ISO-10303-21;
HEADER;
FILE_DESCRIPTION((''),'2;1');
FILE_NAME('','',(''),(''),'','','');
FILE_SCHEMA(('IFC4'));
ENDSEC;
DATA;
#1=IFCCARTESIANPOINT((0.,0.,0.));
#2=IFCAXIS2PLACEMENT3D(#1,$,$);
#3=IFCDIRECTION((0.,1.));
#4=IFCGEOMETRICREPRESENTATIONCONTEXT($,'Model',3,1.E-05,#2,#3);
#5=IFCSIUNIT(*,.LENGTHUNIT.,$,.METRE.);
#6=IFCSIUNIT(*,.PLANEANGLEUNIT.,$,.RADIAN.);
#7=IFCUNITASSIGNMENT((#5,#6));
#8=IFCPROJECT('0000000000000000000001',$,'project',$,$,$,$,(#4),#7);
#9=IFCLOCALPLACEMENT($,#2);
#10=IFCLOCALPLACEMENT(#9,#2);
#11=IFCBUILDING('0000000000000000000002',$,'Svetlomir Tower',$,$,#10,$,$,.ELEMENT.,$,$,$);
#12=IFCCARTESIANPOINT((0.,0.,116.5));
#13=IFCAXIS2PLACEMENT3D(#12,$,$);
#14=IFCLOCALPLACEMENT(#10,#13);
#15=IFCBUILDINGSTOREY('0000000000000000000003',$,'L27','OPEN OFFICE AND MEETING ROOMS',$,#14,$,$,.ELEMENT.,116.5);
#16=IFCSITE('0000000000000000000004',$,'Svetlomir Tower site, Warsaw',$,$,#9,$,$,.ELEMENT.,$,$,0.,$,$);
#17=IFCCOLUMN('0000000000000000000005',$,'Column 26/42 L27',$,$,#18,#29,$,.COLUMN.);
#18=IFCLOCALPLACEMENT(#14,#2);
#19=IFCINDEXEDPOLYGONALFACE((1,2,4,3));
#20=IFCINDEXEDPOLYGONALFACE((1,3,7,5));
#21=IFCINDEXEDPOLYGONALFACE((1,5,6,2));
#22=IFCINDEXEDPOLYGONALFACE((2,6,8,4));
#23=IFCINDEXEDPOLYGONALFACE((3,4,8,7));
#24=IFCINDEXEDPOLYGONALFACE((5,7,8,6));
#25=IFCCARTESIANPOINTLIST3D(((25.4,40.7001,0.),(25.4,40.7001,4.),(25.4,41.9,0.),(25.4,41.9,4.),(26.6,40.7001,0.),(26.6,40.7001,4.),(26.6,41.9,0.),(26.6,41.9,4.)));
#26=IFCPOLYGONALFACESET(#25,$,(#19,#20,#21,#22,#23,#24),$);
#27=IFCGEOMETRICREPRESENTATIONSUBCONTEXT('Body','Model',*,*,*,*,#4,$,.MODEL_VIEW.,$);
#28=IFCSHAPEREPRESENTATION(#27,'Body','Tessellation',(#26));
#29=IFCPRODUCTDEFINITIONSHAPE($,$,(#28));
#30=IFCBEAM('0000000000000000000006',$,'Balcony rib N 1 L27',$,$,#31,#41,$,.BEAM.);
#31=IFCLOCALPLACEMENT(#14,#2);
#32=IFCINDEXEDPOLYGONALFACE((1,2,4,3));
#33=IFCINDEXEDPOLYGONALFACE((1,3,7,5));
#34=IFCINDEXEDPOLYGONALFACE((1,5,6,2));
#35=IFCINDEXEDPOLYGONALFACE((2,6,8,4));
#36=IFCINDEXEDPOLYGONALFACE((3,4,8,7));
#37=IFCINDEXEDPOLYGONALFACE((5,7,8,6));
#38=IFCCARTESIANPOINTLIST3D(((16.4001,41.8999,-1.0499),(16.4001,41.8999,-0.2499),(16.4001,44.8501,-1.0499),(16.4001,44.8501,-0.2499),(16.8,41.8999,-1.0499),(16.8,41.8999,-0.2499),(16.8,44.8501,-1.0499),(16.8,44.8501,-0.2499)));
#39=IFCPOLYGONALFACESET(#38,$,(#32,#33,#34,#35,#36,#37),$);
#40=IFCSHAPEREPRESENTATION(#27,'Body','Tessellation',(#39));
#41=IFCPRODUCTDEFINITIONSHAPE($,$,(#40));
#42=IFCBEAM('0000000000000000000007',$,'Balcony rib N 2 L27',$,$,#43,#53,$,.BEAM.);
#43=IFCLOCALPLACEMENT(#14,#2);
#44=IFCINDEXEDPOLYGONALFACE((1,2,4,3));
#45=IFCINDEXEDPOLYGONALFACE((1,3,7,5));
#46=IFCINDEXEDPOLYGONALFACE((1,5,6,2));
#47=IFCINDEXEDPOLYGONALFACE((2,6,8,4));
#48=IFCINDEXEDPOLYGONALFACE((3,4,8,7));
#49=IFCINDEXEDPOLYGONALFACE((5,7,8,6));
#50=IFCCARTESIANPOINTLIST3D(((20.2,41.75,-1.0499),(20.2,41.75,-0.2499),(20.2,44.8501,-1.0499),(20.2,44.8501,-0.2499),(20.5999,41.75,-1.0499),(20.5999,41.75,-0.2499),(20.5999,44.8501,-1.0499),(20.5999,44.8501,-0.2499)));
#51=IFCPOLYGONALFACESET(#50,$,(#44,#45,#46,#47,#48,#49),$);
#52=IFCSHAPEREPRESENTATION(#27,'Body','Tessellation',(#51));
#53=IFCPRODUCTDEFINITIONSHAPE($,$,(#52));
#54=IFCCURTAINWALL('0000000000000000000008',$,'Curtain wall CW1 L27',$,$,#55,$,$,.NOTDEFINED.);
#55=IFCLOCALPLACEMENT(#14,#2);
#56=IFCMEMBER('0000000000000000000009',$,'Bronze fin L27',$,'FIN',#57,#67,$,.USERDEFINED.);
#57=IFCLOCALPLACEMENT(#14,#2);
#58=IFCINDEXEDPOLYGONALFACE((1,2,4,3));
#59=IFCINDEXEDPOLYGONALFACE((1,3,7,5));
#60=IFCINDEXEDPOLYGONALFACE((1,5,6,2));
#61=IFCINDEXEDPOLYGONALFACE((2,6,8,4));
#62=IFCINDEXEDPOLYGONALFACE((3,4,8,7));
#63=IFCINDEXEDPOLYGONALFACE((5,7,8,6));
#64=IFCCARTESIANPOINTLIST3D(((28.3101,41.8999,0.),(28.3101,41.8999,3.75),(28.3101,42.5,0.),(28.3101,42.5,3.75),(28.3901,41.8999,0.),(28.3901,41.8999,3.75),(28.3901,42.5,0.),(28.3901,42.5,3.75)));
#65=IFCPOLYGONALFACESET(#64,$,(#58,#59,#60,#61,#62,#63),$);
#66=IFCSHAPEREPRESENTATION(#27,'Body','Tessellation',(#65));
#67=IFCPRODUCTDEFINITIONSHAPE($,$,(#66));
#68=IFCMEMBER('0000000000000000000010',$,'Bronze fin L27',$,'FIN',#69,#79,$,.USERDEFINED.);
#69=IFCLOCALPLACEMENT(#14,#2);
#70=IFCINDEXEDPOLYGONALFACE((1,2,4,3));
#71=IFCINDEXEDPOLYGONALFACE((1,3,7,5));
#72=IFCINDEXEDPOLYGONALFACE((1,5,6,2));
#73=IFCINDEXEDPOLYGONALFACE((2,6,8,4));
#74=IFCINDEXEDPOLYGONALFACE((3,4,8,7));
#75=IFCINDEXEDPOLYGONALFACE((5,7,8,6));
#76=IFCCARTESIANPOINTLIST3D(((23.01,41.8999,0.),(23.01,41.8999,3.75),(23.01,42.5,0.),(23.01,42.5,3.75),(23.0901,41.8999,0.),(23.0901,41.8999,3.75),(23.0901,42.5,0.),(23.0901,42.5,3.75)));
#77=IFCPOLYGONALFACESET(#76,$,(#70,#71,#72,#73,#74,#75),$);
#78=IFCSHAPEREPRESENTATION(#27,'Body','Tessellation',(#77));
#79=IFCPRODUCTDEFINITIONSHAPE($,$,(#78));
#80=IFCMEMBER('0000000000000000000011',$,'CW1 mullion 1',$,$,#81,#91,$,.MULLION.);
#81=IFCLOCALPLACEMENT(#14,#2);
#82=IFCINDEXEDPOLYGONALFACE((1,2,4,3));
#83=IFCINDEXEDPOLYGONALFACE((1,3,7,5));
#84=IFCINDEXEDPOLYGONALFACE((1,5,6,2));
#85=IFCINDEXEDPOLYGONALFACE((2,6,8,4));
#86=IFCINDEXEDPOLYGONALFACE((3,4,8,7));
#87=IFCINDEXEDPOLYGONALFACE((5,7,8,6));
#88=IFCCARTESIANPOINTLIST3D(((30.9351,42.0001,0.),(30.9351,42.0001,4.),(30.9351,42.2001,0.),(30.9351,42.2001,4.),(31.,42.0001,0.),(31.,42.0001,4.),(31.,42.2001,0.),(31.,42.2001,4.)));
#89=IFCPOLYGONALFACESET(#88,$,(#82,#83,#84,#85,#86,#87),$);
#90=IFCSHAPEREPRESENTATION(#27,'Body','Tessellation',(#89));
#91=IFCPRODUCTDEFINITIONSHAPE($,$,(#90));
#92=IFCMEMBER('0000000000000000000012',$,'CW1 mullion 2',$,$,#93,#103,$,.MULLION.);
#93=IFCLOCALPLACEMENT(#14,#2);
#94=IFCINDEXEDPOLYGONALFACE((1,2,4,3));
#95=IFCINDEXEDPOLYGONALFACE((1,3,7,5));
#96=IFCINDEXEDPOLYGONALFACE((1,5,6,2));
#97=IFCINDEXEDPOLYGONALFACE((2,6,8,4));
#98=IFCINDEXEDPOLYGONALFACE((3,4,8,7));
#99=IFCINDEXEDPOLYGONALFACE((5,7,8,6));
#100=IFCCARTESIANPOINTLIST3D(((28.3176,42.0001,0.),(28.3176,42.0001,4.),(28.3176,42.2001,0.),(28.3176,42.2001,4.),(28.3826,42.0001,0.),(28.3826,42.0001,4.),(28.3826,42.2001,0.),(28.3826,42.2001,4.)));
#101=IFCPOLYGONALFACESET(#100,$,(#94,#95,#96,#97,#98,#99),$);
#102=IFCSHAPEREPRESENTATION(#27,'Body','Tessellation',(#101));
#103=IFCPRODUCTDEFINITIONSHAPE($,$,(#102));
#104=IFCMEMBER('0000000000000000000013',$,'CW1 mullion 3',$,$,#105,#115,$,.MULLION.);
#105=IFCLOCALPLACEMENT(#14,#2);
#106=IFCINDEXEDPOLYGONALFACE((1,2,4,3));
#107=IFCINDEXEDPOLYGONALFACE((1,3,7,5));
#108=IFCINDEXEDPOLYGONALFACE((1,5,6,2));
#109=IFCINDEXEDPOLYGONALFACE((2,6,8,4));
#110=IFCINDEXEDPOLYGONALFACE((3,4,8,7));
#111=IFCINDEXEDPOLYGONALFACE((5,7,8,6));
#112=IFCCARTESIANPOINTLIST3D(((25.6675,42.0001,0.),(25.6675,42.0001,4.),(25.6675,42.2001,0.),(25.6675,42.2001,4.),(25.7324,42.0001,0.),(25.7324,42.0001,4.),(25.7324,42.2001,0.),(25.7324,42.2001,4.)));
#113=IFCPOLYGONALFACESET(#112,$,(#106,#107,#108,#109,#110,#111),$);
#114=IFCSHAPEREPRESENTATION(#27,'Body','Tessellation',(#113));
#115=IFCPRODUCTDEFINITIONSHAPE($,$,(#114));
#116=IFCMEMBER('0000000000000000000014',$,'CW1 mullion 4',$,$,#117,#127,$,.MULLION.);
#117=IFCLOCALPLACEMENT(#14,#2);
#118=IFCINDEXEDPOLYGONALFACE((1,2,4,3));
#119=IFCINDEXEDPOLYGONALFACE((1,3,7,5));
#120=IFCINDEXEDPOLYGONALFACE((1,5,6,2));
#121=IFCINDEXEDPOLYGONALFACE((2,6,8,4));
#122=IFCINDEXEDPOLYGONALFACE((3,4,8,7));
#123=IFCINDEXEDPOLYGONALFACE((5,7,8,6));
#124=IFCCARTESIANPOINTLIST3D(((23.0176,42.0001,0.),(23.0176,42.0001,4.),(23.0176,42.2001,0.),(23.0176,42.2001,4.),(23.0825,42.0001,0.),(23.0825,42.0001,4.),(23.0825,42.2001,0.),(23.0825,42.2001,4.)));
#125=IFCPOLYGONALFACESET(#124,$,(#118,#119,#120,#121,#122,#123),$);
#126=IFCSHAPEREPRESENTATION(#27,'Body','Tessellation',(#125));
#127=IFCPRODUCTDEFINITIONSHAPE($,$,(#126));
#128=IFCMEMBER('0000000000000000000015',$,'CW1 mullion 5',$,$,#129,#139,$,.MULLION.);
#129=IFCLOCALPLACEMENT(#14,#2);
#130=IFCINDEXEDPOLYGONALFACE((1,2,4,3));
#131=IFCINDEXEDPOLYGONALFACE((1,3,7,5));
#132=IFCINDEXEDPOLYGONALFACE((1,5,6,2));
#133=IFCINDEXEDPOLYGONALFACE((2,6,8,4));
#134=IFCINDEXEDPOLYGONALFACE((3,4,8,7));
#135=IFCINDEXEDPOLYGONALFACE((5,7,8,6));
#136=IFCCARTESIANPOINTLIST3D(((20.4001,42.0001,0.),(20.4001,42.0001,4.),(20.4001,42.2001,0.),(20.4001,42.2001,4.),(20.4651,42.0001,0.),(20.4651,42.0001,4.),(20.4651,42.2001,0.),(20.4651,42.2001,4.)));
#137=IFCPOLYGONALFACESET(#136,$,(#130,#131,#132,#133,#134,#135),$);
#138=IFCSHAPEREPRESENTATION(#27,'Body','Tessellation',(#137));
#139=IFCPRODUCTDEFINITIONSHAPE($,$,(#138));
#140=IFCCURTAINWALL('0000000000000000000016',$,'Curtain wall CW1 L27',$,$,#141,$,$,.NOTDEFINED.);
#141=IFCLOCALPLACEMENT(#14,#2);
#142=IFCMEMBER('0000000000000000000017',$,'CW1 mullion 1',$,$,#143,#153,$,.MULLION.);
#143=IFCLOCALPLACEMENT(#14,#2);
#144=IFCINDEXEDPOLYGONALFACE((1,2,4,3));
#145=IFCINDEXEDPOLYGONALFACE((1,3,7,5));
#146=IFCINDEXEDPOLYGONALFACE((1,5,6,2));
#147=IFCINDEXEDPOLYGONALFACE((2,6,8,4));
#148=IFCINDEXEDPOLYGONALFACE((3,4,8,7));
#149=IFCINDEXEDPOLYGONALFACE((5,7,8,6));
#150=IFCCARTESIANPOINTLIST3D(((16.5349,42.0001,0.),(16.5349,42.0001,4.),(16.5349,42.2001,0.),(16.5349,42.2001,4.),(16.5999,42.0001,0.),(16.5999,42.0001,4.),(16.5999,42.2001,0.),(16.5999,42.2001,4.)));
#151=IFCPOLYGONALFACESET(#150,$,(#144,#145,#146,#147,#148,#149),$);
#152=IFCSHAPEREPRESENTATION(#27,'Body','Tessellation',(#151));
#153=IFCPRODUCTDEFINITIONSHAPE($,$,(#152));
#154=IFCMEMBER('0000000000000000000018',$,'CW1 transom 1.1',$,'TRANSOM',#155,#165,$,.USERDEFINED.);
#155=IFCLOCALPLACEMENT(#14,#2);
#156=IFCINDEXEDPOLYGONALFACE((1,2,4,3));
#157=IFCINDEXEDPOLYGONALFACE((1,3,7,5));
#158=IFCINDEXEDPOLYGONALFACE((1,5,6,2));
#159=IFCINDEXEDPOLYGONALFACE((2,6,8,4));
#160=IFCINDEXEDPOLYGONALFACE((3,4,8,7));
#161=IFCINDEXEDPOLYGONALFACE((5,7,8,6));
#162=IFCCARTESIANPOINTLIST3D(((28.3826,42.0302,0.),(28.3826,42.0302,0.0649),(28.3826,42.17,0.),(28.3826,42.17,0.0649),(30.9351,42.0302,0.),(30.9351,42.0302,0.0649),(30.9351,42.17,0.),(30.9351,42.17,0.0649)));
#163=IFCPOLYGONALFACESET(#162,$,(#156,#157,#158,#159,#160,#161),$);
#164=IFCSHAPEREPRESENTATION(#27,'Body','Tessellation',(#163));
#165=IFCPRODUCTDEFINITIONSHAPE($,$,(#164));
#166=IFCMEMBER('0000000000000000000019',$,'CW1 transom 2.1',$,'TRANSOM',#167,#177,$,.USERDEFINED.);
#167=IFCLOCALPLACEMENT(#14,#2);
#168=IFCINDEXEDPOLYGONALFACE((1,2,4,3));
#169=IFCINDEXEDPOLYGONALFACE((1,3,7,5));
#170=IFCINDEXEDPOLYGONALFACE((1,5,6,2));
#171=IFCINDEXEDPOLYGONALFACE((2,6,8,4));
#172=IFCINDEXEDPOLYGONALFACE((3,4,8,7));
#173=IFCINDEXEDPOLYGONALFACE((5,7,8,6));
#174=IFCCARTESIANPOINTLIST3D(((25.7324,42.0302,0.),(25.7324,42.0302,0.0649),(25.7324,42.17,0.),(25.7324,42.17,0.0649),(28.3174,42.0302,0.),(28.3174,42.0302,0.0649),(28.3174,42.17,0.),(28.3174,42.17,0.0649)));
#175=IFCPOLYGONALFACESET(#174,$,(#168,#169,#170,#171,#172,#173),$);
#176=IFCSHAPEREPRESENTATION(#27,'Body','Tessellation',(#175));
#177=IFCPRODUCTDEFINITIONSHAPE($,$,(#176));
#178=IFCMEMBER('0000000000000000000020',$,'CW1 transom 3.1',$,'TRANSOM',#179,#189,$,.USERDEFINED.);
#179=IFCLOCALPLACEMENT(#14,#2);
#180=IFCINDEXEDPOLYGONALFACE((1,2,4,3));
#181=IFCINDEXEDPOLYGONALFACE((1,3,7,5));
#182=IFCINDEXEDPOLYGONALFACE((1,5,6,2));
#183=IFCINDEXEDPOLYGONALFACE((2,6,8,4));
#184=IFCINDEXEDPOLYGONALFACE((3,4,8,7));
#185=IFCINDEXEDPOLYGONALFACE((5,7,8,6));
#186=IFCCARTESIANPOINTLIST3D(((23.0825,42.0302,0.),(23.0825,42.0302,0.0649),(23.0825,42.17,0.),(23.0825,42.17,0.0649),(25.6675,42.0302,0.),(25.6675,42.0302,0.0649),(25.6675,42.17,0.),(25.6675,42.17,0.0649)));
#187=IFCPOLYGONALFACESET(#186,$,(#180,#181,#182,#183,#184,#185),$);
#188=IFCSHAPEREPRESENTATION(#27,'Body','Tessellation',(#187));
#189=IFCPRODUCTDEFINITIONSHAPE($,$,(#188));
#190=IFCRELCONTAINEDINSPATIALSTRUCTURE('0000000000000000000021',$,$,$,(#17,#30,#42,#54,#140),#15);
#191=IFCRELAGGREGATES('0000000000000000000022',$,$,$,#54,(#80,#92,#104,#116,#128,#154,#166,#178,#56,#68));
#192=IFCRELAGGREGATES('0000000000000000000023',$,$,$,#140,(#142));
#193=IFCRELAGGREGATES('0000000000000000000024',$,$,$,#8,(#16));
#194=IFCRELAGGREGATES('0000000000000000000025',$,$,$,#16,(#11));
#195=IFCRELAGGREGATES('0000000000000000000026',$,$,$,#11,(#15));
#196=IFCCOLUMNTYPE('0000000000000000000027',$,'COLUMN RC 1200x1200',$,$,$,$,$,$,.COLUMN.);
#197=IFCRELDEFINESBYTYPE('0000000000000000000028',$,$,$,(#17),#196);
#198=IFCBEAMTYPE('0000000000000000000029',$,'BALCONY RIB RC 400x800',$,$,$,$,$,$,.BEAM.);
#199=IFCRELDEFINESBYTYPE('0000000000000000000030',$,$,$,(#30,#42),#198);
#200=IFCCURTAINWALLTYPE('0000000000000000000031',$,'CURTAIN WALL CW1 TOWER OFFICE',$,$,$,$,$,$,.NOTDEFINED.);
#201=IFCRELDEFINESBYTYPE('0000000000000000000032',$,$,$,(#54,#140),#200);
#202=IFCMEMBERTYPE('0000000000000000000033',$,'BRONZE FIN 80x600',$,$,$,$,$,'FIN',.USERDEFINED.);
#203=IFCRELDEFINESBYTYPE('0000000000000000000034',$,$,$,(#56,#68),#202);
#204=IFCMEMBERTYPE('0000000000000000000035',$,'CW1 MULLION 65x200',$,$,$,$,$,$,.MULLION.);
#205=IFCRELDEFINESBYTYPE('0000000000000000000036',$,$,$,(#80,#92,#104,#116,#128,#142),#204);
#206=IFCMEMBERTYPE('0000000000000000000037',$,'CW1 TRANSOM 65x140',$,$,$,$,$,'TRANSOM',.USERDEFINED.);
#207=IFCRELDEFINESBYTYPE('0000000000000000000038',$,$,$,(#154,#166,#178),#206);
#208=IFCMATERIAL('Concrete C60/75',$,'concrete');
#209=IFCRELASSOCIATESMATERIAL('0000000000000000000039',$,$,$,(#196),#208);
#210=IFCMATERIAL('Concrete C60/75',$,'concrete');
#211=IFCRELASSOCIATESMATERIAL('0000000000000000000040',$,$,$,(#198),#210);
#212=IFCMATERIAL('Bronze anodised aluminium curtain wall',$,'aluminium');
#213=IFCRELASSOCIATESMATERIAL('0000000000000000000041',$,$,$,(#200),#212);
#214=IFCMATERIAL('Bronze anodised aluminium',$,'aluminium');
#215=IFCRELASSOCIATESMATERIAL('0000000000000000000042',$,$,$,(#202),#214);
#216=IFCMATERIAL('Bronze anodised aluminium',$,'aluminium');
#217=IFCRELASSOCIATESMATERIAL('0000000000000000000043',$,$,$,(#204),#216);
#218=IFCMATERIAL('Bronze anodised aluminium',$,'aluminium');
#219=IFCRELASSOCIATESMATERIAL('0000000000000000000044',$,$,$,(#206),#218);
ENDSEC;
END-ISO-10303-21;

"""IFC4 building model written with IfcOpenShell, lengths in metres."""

from ifc_helpers import new_model, si_unit, direction, frame, origin, origin_2d, place, context, subcontext, project, spatial, rectangle, extrude, material, material_profile, profile_set, type_object, element, aggregate, save


model = new_model("IFC4")

# Units and contexts
model_context = context("Model", 3, precision=1e-05, world=origin(), true_north=direction((0.0, 1.0)))
body_context = subcontext(model_context, "Body", "Model", "MODEL_VIEW")
ifc_project = project(units=[si_unit("LENGTHUNIT", "METRE"), si_unit("PLANEANGLEUNIT", "RADIAN")], contexts=[model_context])

# Site, building, storey
site_placement = place(None, origin())
site = spatial("IfcSite", under=ifc_project, at=site_placement, Name="Svetlomir Tower site, Warsaw", CompositionType="ELEMENT", RefElevation=0.0)
building_placement = place(site_placement, origin())
building = spatial("IfcBuilding", under=site, at=building_placement, Name="Svetlomir Tower", CompositionType="ELEMENT")
storey_placement = place(building_placement, frame((0.0, 0.0, 116.5)))
storey = spatial("IfcBuildingStorey", under=building, at=storey_placement, Name="L27", Description="OPEN OFFICE AND MEETING ROOMS", CompositionType="ELEMENT", Elevation=116.5)

# Column
ifc_material_1 = material(Name="Concrete C60/75", Category="concrete")
ifc_material_profile_1 = material_profile(ifc_material_1, rectangle(XDim=1.2, YDim=1.2, at=origin_2d()), Name="RC 1200x1200")
ifc_profile_set_1 = profile_set([ifc_material_profile_1], Name="Concrete C60/75")
column_type = type_object("IfcColumnType", Name="COLUMN RC 1200x1200", PredefinedType="COLUMN", material=ifc_profile_set_1)
column_placement = place(storey_placement, frame((26.0, 41.3, 0.0), z_axis=(0.0, 0.0, 1.0), x_axis=(1.0, 0.0, 0.0)))
element("IfcColumn", 1, at=column_placement, inside=storey, type_object=column_type, Name="Column 26/42 L27", PredefinedType="COLUMN", context=body_context, shape_type="SweptSolid", body=[
    extrude(rectangle(XDim=1.2, YDim=1.2, at=origin_2d()), origin(), (0.0, 0.0, 1.0), 4.0),
])

# Beams
ifc_material_2 = material(Name="Concrete C60/75", Category="concrete")
ifc_material_profile_2 = material_profile(ifc_material_2, rectangle(XDim=0.3999, YDim=0.8, at=origin_2d()), Name="RC 400x800")
ifc_profile_set_2 = profile_set([ifc_material_profile_2], Name="Concrete C60/75")
beam_type_1 = type_object("IfcBeamType", Name="BALCONY RIB RC 400x800", PredefinedType="BEAM", material=ifc_profile_set_2)
beam_1_placement = place(storey_placement, frame((16.6001, 41.8999, -0.6499), z_axis=(0.0, 1.0, 0.0), x_axis=(-1.0, 0.0, 0.0)))
element("IfcBeam", 2, at=beam_1_placement, inside=storey, type_object=beam_type_1, Name="Balcony rib N 1 L27", PredefinedType="BEAM", context=body_context, shape_type="SweptSolid", body=[
    extrude(rectangle(XDim=0.3999, YDim=0.8, at=origin_2d()), origin(), (0.0, 0.0, 1.0), 2.9502),
])
beam_2_placement = place(storey_placement, frame((20.3999, 41.75, -0.6499), z_axis=(0.0, 1.0, 0.0), x_axis=(-1.0, 0.0, 0.0)))
element("IfcBeam", 3, at=beam_2_placement, inside=storey, type_object=beam_type_1, Name="Balcony rib N 2 L27", PredefinedType="BEAM", context=body_context, shape_type="SweptSolid", body=[
    extrude(rectangle(XDim=0.3999, YDim=0.8, at=origin_2d()), origin(), (0.0, 0.0, 1.0), 3.1001),
])

# Curtain wall, members
ifc_material_3 = material(Name="Bronze anodised aluminium curtain wall", Category="aluminium")
curtain_wall_type = type_object("IfcCurtainWallType", Name="CURTAIN WALL CW1 TOWER OFFICE", PredefinedType="NOTDEFINED", material=ifc_material_3)
curtain_wall_1_placement = place(storey_placement, origin())
curtain_wall_1 = element("IfcCurtainWall", 4, at=curtain_wall_1_placement, inside=storey, type_object=curtain_wall_type, Name="Curtain wall CW1 L27", PredefinedType="NOTDEFINED")
ifc_material_4 = material(Name="Bronze anodised aluminium", Category="aluminium")
ifc_material_profile_3 = material_profile(ifc_material_4, rectangle(XDim=0.0801, YDim=0.6001, at=origin_2d()), Name="FIN 80x600")
ifc_profile_set_3 = profile_set([ifc_material_profile_3], Name="Bronze anodised aluminium 6063-T6")
member_type_1 = type_object("IfcMemberType", Name="BRONZE FIN 80x600", ElementType="FIN", PredefinedType="USERDEFINED", material=ifc_profile_set_3)
member_1_placement = place(storey_placement, frame((28.3501, 42.2, 0.0), z_axis=(0.0, 0.0, 1.0), x_axis=(1.0, 0.0, 0.0)))
member_1 = element("IfcMember", 5, at=member_1_placement, type_object=member_type_1, Name="Bronze fin L27", ObjectType="FIN", PredefinedType="USERDEFINED", context=body_context, shape_type="SweptSolid", body=[
    extrude(rectangle(XDim=0.0801, YDim=0.6001, at=origin_2d()), origin(), (0.0, 0.0, 1.0), 3.75),
])
member_2_placement = place(storey_placement, frame((23.05, 42.2, 0.0), z_axis=(0.0, 0.0, 1.0), x_axis=(1.0, 0.0, 0.0)))
member_2 = element("IfcMember", 6, at=member_2_placement, type_object=member_type_1, Name="Bronze fin L27", ObjectType="FIN", PredefinedType="USERDEFINED", context=body_context, shape_type="SweptSolid", body=[
    extrude(rectangle(XDim=0.0801, YDim=0.6001, at=origin_2d()), origin(), (0.0, 0.0, 1.0), 3.75),
])
ifc_material_5 = material(Name="Bronze anodised aluminium", Category="aluminium")
ifc_material_profile_4 = material_profile(ifc_material_5, rectangle(XDim=0.0649, YDim=0.2, at=origin_2d()), Name="AL 65x200")
ifc_profile_set_4 = profile_set([ifc_material_profile_4], Name="Bronze anodised aluminium 6063-T6")
member_type_2 = type_object("IfcMemberType", Name="CW1 MULLION 65x200", PredefinedType="MULLION", material=ifc_profile_set_4)
member_3_placement = place(storey_placement, frame((30.9675, 42.1001, 0.0), z_axis=(0.0, 0.0, 1.0), x_axis=(-1.0, 0.0, 0.0)))
member_3 = element("IfcMember", 7, at=member_3_placement, type_object=member_type_2, Name="CW1 mullion 1", PredefinedType="MULLION", context=body_context, shape_type="SweptSolid", body=[
    extrude(rectangle(XDim=0.0649, YDim=0.2, at=origin_2d()), origin(), (0.0, 0.0, 1.0), 4.0),
])
member_4_placement = place(storey_placement, frame((28.3501, 42.1001, 0.0), z_axis=(0.0, 0.0, 1.0), x_axis=(-1.0, 0.0, 0.0)))
member_4 = element("IfcMember", 8, at=member_4_placement, type_object=member_type_2, Name="CW1 mullion 2", PredefinedType="MULLION", context=body_context, shape_type="SweptSolid", body=[
    extrude(rectangle(XDim=0.0649, YDim=0.2, at=origin_2d()), origin(), (0.0, 0.0, 1.0), 4.0),
])
member_5_placement = place(storey_placement, frame((25.7, 42.1001, 0.0), z_axis=(0.0, 0.0, 1.0), x_axis=(-1.0, 0.0, 0.0)))
member_5 = element("IfcMember", 9, at=member_5_placement, type_object=member_type_2, Name="CW1 mullion 3", PredefinedType="MULLION", context=body_context, shape_type="SweptSolid", body=[
    extrude(rectangle(XDim=0.0649, YDim=0.2, at=origin_2d()), origin(), (0.0, 0.0, 1.0), 4.0),
])
member_6_placement = place(storey_placement, frame((23.05, 42.1001, 0.0), z_axis=(0.0, 0.0, 1.0), x_axis=(-1.0, 0.0, 0.0)))
member_6 = element("IfcMember", 10, at=member_6_placement, type_object=member_type_2, Name="CW1 mullion 4", PredefinedType="MULLION", context=body_context, shape_type="SweptSolid", body=[
    extrude(rectangle(XDim=0.0649, YDim=0.2, at=origin_2d()), origin(), (0.0, 0.0, 1.0), 4.0),
])
member_7_placement = place(storey_placement, frame((20.4326, 42.1001, 0.0), z_axis=(0.0, 0.0, 1.0), x_axis=(-1.0, 0.0, 0.0)))
member_7 = element("IfcMember", 11, at=member_7_placement, type_object=member_type_2, Name="CW1 mullion 5", PredefinedType="MULLION", context=body_context, shape_type="SweptSolid", body=[
    extrude(rectangle(XDim=0.0649, YDim=0.2, at=origin_2d()), origin(), (0.0, 0.0, 1.0), 4.0),
])

# Curtain wall, member
curtain_wall_2_placement = place(storey_placement, origin())
curtain_wall_2 = element("IfcCurtainWall", 12, at=curtain_wall_2_placement, inside=storey, type_object=curtain_wall_type, Name="Curtain wall CW1 L27", PredefinedType="NOTDEFINED")
member_8_placement = place(storey_placement, frame((16.5674, 42.1001, 0.0), z_axis=(0.0, 0.0, 1.0), x_axis=(-1.0, 0.0, 0.0)))
member_8 = element("IfcMember", 13, at=member_8_placement, type_object=member_type_2, Name="CW1 mullion 1", PredefinedType="MULLION", context=body_context, shape_type="SweptSolid", body=[
    extrude(rectangle(XDim=0.0649, YDim=0.2, at=origin_2d()), origin(), (0.0, 0.0, 1.0), 4.0),
])

# Members
ifc_material_6 = material(Name="Bronze anodised aluminium", Category="aluminium")
ifc_material_profile_5 = material_profile(ifc_material_6, rectangle(XDim=0.1399, YDim=0.0649, at=origin_2d()), Name="AL 140x65")
ifc_profile_set_5 = profile_set([ifc_material_profile_5], Name="Bronze anodised aluminium 6063-T6")
member_type_3 = type_object("IfcMemberType", Name="CW1 TRANSOM 65x140", ElementType="TRANSOM", PredefinedType="USERDEFINED", material=ifc_profile_set_5)
member_9_placement = place(storey_placement, frame((30.9351, 42.1001, 0.0325), z_axis=(-1.0, 0.0, 0.0), x_axis=(0.0, -1.0, 0.0)))
member_9 = element("IfcMember", 14, at=member_9_placement, type_object=member_type_3, Name="CW1 transom 1.1", ObjectType="TRANSOM", PredefinedType="USERDEFINED", context=body_context, shape_type="SweptSolid", body=[
    extrude(rectangle(XDim=0.1399, YDim=0.0649, at=origin_2d()), origin(), (0.0, 0.0, 1.0), 2.5525),
])
member_10_placement = place(storey_placement, frame((28.3174, 42.1001, 0.0325), z_axis=(-1.0, 0.0, 0.0), x_axis=(0.0, -1.0, 0.0)))
member_10 = element("IfcMember", 15, at=member_10_placement, type_object=member_type_3, Name="CW1 transom 2.1", ObjectType="TRANSOM", PredefinedType="USERDEFINED", context=body_context, shape_type="SweptSolid", body=[
    extrude(rectangle(XDim=0.1399, YDim=0.0649, at=origin_2d()), origin(), (0.0, 0.0, 1.0), 2.585),
])
member_11_placement = place(storey_placement, frame((25.6675, 42.1001, 0.0325), z_axis=(-1.0, 0.0, 0.0), x_axis=(0.0, -1.0, 0.0)))
member_11 = element("IfcMember", 16, at=member_11_placement, type_object=member_type_3, Name="CW1 transom 3.1", ObjectType="TRANSOM", PredefinedType="USERDEFINED", context=body_context, shape_type="SweptSolid", body=[
    extrude(rectangle(XDim=0.1399, YDim=0.0649, at=origin_2d()), origin(), (0.0, 0.0, 1.0), 2.585),
])

aggregate(curtain_wall_1, [member_3, member_4, member_5, member_6, member_7, member_9, member_10, member_11, member_1, member_2])
aggregate(curtain_wall_2, [member_8])

save(model, "model.ifc")
